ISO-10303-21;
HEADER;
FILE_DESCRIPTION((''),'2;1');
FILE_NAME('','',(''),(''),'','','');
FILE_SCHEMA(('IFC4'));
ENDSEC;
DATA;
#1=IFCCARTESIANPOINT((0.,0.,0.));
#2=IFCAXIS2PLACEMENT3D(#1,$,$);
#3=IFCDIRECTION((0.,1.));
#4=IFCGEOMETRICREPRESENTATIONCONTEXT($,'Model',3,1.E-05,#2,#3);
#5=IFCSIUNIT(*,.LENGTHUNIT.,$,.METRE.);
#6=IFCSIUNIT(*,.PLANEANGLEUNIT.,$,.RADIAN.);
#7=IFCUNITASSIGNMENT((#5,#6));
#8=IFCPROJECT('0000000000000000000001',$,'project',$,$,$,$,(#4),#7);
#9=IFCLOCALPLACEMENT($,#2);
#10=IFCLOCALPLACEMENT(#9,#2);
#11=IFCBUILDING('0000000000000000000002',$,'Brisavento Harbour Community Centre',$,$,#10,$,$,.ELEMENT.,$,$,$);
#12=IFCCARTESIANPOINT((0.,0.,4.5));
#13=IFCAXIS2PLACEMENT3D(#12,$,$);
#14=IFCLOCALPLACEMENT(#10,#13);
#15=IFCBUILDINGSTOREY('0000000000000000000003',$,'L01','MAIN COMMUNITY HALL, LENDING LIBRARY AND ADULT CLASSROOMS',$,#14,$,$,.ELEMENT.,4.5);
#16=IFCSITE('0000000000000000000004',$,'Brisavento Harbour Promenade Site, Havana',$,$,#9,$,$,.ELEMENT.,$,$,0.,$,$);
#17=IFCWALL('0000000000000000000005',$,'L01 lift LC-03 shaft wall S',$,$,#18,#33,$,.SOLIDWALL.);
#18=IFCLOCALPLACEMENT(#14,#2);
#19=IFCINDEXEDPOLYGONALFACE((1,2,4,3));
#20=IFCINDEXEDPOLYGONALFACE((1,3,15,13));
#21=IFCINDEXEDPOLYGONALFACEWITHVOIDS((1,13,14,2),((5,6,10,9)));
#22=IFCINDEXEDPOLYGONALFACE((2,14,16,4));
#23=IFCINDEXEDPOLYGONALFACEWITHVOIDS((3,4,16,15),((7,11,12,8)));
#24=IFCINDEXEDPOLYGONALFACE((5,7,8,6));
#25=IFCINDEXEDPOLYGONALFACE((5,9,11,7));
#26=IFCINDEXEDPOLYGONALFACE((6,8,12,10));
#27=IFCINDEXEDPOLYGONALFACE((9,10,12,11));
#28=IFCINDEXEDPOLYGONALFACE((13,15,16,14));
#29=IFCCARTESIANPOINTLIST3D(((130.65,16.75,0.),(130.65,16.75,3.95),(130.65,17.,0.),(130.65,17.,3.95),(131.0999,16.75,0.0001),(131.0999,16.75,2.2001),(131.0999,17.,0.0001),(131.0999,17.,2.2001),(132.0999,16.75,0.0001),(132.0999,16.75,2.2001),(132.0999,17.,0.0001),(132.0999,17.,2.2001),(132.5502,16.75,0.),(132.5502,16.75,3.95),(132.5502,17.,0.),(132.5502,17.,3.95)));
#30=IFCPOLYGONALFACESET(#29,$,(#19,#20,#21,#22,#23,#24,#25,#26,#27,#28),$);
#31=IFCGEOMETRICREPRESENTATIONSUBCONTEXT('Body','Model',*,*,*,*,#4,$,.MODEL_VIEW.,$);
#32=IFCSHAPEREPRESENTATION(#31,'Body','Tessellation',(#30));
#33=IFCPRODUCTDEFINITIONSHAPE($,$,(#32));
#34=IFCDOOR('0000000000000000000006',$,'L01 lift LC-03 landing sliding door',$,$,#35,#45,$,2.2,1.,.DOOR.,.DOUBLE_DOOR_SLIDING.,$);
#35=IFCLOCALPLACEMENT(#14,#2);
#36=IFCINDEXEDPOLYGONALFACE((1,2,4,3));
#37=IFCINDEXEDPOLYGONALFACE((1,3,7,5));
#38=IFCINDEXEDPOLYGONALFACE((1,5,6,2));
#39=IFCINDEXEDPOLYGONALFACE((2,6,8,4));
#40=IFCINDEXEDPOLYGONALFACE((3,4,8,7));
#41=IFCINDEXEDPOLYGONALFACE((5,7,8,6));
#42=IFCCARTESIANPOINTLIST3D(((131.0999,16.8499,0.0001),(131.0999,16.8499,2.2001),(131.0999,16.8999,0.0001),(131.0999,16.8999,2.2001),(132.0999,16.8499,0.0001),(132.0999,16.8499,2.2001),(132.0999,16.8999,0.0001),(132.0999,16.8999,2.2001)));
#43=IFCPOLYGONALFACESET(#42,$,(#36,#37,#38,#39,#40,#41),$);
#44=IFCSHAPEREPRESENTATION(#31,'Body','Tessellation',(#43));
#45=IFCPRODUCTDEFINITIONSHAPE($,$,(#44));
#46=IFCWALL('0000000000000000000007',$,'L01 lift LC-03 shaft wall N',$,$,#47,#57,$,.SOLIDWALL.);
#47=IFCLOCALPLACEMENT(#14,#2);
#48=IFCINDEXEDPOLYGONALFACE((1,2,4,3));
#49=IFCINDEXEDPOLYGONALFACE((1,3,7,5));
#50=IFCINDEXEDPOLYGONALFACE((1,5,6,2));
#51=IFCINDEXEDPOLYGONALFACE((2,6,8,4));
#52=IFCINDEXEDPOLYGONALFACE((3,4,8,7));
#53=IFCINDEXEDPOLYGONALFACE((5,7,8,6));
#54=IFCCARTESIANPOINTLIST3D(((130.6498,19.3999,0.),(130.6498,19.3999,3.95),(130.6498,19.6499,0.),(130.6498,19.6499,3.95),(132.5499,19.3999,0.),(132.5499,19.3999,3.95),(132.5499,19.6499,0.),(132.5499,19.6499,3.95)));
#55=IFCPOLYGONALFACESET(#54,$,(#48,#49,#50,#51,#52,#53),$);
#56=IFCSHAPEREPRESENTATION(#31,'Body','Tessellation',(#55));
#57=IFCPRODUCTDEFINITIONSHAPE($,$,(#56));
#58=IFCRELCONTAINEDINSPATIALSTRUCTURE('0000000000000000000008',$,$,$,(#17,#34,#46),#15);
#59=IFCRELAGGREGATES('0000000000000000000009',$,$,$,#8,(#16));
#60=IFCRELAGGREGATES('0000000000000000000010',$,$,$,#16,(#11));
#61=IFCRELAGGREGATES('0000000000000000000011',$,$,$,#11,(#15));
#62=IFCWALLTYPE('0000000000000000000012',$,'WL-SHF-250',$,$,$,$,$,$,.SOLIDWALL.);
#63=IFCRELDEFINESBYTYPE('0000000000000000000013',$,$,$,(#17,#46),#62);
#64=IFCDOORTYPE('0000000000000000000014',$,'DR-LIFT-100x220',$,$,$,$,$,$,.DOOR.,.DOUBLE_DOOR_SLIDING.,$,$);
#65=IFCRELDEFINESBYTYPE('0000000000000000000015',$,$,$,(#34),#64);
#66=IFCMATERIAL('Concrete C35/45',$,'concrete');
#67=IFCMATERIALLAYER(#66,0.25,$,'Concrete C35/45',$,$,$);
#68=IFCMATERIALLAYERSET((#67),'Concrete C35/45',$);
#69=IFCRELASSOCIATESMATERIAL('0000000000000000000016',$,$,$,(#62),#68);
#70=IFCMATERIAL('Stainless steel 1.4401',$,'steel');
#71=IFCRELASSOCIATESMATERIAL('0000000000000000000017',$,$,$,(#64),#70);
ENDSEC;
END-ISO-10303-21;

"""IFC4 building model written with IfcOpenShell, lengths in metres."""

from ifc_helpers import new_model, si_unit, direction, frame, frame_2d, origin, place, context, subcontext, project, spatial, rectangle, extrude, material, layer, layer_set, type_object, element, fill, save


model = new_model("IFC4")

# Units and contexts
model_context = context("Model", 3, precision=1e-05, world=origin(), true_north=direction((0.0, 1.0)))
body_context = subcontext(model_context, "Body", "Model", "MODEL_VIEW")
ifc_project = project(units=[si_unit("LENGTHUNIT", "METRE"), si_unit("PLANEANGLEUNIT", "RADIAN")], contexts=[model_context])

# Site, building, storey
site_placement = place(None, origin())
site = spatial("IfcSite", under=ifc_project, at=site_placement, Name="Brisavento Harbour Promenade Site, Havana", CompositionType="ELEMENT", RefElevation=0.0)
building_placement = place(site_placement, origin())
building = spatial("IfcBuilding", under=site, at=building_placement, Name="Brisavento Harbour Community Centre", CompositionType="ELEMENT")
storey_placement = place(building_placement, frame((0.0, 0.0, 4.5)))
storey = spatial("IfcBuildingStorey", under=building, at=storey_placement, Name="L01", Description="MAIN COMMUNITY HALL, LENDING LIBRARY AND ADULT CLASSROOMS", CompositionType="ELEMENT", Elevation=4.5)

# Shared definitions
ifc_material_1 = material(Name="Concrete C35/45", Category="concrete")

# Shared definitions
ifc_layer_1 = layer(ifc_material_1, 0.25, Name="Concrete C35/45")
ifc_layer_set_1 = layer_set([ifc_layer_1], Name="Concrete C35/45")
wall_type_1 = type_object("IfcWallType", Name="WL-SHF-250", PredefinedType="SOLIDWALL", material=ifc_layer_set_1)

# Shared definitions
ifc_material_2 = material(Name="Stainless steel 1.4401", Category="steel")
door_type_1 = type_object("IfcDoorType", Name="DR-LIFT-100x220", OperationType="DOUBLE_DOOR_SLIDING", PredefinedType="DOOR", material=ifc_material_2)

# Wall, opening, door
wall_1_placement = place(storey_placement, frame((130.6499, 16.875, 0.0), z_axis=(0.0, 0.0, 1.0), x_axis=(1.0, 0.0, 0.0)))
wall_1 = element("IfcWall", 1, at=wall_1_placement, inside=storey, type_object=wall_type_1, Name="L01 lift LC-03 shaft wall S", PredefinedType="SOLIDWALL", context=body_context, shape_type="SweptSolid", body=[
    extrude(rectangle(XDim=1.9001, YDim=0.25, at=frame_2d((0.9502, 0.0))), origin(), (0.0, 0.0, 1.0), 3.95),
])
opening_1_placement = place(wall_1_placement, frame((0.45, 0.0, 0.0)))
opening_1 = element("IfcOpeningElement", 2, at=opening_1_placement, cuts=wall_1, PredefinedType="OPENING", context=body_context, shape_type="SweptSolid", body=[
    extrude(rectangle(XDim=1.0, YDim=2.2, at=frame_2d((0.5, 1.1001))), frame((0.0, 0.135, 0.0), z_axis=(0.0, -1.0, 0.0), x_axis=(1.0, 0.0, 0.0)), (0.0, 0.0, 1.0), 0.27),
])
door_1_placement = place(opening_1_placement, origin())
door_1 = element("IfcDoor", 3, at=door_1_placement, inside=storey, type_object=door_type_1, Name="L01 lift LC-03 landing sliding door", OperationType="DOUBLE_DOOR_SLIDING", OverallHeight=2.2, OverallWidth=1.0, PredefinedType="DOOR", context=body_context, shape_type="SweptSolid", body=[
    extrude(rectangle(XDim=1.0, YDim=2.2, at=frame_2d((0.5, 1.1001))), frame((0.0, 0.0249, 0.0), z_axis=(0.0, -1.0, 0.0), x_axis=(1.0, 0.0, 0.0)), (0.0, 0.0, 1.0), 0.05),
])
fill(opening_1, door_1)

# Wall
wall_2_placement = place(storey_placement, frame((132.55, 19.5249, 0.0), z_axis=(0.0, 0.0, 1.0), x_axis=(-1.0, 0.0, 0.0)))
element("IfcWall", 4, at=wall_2_placement, inside=storey, type_object=wall_type_1, Name="L01 lift LC-03 shaft wall N", PredefinedType="SOLIDWALL", context=body_context, shape_type="SweptSolid", body=[
    extrude(rectangle(XDim=1.9001, YDim=0.25, at=frame_2d((0.9502, 0.0))), origin(), (0.0, 0.0, 1.0), 3.95),
])

save(model, "model.ifc")
